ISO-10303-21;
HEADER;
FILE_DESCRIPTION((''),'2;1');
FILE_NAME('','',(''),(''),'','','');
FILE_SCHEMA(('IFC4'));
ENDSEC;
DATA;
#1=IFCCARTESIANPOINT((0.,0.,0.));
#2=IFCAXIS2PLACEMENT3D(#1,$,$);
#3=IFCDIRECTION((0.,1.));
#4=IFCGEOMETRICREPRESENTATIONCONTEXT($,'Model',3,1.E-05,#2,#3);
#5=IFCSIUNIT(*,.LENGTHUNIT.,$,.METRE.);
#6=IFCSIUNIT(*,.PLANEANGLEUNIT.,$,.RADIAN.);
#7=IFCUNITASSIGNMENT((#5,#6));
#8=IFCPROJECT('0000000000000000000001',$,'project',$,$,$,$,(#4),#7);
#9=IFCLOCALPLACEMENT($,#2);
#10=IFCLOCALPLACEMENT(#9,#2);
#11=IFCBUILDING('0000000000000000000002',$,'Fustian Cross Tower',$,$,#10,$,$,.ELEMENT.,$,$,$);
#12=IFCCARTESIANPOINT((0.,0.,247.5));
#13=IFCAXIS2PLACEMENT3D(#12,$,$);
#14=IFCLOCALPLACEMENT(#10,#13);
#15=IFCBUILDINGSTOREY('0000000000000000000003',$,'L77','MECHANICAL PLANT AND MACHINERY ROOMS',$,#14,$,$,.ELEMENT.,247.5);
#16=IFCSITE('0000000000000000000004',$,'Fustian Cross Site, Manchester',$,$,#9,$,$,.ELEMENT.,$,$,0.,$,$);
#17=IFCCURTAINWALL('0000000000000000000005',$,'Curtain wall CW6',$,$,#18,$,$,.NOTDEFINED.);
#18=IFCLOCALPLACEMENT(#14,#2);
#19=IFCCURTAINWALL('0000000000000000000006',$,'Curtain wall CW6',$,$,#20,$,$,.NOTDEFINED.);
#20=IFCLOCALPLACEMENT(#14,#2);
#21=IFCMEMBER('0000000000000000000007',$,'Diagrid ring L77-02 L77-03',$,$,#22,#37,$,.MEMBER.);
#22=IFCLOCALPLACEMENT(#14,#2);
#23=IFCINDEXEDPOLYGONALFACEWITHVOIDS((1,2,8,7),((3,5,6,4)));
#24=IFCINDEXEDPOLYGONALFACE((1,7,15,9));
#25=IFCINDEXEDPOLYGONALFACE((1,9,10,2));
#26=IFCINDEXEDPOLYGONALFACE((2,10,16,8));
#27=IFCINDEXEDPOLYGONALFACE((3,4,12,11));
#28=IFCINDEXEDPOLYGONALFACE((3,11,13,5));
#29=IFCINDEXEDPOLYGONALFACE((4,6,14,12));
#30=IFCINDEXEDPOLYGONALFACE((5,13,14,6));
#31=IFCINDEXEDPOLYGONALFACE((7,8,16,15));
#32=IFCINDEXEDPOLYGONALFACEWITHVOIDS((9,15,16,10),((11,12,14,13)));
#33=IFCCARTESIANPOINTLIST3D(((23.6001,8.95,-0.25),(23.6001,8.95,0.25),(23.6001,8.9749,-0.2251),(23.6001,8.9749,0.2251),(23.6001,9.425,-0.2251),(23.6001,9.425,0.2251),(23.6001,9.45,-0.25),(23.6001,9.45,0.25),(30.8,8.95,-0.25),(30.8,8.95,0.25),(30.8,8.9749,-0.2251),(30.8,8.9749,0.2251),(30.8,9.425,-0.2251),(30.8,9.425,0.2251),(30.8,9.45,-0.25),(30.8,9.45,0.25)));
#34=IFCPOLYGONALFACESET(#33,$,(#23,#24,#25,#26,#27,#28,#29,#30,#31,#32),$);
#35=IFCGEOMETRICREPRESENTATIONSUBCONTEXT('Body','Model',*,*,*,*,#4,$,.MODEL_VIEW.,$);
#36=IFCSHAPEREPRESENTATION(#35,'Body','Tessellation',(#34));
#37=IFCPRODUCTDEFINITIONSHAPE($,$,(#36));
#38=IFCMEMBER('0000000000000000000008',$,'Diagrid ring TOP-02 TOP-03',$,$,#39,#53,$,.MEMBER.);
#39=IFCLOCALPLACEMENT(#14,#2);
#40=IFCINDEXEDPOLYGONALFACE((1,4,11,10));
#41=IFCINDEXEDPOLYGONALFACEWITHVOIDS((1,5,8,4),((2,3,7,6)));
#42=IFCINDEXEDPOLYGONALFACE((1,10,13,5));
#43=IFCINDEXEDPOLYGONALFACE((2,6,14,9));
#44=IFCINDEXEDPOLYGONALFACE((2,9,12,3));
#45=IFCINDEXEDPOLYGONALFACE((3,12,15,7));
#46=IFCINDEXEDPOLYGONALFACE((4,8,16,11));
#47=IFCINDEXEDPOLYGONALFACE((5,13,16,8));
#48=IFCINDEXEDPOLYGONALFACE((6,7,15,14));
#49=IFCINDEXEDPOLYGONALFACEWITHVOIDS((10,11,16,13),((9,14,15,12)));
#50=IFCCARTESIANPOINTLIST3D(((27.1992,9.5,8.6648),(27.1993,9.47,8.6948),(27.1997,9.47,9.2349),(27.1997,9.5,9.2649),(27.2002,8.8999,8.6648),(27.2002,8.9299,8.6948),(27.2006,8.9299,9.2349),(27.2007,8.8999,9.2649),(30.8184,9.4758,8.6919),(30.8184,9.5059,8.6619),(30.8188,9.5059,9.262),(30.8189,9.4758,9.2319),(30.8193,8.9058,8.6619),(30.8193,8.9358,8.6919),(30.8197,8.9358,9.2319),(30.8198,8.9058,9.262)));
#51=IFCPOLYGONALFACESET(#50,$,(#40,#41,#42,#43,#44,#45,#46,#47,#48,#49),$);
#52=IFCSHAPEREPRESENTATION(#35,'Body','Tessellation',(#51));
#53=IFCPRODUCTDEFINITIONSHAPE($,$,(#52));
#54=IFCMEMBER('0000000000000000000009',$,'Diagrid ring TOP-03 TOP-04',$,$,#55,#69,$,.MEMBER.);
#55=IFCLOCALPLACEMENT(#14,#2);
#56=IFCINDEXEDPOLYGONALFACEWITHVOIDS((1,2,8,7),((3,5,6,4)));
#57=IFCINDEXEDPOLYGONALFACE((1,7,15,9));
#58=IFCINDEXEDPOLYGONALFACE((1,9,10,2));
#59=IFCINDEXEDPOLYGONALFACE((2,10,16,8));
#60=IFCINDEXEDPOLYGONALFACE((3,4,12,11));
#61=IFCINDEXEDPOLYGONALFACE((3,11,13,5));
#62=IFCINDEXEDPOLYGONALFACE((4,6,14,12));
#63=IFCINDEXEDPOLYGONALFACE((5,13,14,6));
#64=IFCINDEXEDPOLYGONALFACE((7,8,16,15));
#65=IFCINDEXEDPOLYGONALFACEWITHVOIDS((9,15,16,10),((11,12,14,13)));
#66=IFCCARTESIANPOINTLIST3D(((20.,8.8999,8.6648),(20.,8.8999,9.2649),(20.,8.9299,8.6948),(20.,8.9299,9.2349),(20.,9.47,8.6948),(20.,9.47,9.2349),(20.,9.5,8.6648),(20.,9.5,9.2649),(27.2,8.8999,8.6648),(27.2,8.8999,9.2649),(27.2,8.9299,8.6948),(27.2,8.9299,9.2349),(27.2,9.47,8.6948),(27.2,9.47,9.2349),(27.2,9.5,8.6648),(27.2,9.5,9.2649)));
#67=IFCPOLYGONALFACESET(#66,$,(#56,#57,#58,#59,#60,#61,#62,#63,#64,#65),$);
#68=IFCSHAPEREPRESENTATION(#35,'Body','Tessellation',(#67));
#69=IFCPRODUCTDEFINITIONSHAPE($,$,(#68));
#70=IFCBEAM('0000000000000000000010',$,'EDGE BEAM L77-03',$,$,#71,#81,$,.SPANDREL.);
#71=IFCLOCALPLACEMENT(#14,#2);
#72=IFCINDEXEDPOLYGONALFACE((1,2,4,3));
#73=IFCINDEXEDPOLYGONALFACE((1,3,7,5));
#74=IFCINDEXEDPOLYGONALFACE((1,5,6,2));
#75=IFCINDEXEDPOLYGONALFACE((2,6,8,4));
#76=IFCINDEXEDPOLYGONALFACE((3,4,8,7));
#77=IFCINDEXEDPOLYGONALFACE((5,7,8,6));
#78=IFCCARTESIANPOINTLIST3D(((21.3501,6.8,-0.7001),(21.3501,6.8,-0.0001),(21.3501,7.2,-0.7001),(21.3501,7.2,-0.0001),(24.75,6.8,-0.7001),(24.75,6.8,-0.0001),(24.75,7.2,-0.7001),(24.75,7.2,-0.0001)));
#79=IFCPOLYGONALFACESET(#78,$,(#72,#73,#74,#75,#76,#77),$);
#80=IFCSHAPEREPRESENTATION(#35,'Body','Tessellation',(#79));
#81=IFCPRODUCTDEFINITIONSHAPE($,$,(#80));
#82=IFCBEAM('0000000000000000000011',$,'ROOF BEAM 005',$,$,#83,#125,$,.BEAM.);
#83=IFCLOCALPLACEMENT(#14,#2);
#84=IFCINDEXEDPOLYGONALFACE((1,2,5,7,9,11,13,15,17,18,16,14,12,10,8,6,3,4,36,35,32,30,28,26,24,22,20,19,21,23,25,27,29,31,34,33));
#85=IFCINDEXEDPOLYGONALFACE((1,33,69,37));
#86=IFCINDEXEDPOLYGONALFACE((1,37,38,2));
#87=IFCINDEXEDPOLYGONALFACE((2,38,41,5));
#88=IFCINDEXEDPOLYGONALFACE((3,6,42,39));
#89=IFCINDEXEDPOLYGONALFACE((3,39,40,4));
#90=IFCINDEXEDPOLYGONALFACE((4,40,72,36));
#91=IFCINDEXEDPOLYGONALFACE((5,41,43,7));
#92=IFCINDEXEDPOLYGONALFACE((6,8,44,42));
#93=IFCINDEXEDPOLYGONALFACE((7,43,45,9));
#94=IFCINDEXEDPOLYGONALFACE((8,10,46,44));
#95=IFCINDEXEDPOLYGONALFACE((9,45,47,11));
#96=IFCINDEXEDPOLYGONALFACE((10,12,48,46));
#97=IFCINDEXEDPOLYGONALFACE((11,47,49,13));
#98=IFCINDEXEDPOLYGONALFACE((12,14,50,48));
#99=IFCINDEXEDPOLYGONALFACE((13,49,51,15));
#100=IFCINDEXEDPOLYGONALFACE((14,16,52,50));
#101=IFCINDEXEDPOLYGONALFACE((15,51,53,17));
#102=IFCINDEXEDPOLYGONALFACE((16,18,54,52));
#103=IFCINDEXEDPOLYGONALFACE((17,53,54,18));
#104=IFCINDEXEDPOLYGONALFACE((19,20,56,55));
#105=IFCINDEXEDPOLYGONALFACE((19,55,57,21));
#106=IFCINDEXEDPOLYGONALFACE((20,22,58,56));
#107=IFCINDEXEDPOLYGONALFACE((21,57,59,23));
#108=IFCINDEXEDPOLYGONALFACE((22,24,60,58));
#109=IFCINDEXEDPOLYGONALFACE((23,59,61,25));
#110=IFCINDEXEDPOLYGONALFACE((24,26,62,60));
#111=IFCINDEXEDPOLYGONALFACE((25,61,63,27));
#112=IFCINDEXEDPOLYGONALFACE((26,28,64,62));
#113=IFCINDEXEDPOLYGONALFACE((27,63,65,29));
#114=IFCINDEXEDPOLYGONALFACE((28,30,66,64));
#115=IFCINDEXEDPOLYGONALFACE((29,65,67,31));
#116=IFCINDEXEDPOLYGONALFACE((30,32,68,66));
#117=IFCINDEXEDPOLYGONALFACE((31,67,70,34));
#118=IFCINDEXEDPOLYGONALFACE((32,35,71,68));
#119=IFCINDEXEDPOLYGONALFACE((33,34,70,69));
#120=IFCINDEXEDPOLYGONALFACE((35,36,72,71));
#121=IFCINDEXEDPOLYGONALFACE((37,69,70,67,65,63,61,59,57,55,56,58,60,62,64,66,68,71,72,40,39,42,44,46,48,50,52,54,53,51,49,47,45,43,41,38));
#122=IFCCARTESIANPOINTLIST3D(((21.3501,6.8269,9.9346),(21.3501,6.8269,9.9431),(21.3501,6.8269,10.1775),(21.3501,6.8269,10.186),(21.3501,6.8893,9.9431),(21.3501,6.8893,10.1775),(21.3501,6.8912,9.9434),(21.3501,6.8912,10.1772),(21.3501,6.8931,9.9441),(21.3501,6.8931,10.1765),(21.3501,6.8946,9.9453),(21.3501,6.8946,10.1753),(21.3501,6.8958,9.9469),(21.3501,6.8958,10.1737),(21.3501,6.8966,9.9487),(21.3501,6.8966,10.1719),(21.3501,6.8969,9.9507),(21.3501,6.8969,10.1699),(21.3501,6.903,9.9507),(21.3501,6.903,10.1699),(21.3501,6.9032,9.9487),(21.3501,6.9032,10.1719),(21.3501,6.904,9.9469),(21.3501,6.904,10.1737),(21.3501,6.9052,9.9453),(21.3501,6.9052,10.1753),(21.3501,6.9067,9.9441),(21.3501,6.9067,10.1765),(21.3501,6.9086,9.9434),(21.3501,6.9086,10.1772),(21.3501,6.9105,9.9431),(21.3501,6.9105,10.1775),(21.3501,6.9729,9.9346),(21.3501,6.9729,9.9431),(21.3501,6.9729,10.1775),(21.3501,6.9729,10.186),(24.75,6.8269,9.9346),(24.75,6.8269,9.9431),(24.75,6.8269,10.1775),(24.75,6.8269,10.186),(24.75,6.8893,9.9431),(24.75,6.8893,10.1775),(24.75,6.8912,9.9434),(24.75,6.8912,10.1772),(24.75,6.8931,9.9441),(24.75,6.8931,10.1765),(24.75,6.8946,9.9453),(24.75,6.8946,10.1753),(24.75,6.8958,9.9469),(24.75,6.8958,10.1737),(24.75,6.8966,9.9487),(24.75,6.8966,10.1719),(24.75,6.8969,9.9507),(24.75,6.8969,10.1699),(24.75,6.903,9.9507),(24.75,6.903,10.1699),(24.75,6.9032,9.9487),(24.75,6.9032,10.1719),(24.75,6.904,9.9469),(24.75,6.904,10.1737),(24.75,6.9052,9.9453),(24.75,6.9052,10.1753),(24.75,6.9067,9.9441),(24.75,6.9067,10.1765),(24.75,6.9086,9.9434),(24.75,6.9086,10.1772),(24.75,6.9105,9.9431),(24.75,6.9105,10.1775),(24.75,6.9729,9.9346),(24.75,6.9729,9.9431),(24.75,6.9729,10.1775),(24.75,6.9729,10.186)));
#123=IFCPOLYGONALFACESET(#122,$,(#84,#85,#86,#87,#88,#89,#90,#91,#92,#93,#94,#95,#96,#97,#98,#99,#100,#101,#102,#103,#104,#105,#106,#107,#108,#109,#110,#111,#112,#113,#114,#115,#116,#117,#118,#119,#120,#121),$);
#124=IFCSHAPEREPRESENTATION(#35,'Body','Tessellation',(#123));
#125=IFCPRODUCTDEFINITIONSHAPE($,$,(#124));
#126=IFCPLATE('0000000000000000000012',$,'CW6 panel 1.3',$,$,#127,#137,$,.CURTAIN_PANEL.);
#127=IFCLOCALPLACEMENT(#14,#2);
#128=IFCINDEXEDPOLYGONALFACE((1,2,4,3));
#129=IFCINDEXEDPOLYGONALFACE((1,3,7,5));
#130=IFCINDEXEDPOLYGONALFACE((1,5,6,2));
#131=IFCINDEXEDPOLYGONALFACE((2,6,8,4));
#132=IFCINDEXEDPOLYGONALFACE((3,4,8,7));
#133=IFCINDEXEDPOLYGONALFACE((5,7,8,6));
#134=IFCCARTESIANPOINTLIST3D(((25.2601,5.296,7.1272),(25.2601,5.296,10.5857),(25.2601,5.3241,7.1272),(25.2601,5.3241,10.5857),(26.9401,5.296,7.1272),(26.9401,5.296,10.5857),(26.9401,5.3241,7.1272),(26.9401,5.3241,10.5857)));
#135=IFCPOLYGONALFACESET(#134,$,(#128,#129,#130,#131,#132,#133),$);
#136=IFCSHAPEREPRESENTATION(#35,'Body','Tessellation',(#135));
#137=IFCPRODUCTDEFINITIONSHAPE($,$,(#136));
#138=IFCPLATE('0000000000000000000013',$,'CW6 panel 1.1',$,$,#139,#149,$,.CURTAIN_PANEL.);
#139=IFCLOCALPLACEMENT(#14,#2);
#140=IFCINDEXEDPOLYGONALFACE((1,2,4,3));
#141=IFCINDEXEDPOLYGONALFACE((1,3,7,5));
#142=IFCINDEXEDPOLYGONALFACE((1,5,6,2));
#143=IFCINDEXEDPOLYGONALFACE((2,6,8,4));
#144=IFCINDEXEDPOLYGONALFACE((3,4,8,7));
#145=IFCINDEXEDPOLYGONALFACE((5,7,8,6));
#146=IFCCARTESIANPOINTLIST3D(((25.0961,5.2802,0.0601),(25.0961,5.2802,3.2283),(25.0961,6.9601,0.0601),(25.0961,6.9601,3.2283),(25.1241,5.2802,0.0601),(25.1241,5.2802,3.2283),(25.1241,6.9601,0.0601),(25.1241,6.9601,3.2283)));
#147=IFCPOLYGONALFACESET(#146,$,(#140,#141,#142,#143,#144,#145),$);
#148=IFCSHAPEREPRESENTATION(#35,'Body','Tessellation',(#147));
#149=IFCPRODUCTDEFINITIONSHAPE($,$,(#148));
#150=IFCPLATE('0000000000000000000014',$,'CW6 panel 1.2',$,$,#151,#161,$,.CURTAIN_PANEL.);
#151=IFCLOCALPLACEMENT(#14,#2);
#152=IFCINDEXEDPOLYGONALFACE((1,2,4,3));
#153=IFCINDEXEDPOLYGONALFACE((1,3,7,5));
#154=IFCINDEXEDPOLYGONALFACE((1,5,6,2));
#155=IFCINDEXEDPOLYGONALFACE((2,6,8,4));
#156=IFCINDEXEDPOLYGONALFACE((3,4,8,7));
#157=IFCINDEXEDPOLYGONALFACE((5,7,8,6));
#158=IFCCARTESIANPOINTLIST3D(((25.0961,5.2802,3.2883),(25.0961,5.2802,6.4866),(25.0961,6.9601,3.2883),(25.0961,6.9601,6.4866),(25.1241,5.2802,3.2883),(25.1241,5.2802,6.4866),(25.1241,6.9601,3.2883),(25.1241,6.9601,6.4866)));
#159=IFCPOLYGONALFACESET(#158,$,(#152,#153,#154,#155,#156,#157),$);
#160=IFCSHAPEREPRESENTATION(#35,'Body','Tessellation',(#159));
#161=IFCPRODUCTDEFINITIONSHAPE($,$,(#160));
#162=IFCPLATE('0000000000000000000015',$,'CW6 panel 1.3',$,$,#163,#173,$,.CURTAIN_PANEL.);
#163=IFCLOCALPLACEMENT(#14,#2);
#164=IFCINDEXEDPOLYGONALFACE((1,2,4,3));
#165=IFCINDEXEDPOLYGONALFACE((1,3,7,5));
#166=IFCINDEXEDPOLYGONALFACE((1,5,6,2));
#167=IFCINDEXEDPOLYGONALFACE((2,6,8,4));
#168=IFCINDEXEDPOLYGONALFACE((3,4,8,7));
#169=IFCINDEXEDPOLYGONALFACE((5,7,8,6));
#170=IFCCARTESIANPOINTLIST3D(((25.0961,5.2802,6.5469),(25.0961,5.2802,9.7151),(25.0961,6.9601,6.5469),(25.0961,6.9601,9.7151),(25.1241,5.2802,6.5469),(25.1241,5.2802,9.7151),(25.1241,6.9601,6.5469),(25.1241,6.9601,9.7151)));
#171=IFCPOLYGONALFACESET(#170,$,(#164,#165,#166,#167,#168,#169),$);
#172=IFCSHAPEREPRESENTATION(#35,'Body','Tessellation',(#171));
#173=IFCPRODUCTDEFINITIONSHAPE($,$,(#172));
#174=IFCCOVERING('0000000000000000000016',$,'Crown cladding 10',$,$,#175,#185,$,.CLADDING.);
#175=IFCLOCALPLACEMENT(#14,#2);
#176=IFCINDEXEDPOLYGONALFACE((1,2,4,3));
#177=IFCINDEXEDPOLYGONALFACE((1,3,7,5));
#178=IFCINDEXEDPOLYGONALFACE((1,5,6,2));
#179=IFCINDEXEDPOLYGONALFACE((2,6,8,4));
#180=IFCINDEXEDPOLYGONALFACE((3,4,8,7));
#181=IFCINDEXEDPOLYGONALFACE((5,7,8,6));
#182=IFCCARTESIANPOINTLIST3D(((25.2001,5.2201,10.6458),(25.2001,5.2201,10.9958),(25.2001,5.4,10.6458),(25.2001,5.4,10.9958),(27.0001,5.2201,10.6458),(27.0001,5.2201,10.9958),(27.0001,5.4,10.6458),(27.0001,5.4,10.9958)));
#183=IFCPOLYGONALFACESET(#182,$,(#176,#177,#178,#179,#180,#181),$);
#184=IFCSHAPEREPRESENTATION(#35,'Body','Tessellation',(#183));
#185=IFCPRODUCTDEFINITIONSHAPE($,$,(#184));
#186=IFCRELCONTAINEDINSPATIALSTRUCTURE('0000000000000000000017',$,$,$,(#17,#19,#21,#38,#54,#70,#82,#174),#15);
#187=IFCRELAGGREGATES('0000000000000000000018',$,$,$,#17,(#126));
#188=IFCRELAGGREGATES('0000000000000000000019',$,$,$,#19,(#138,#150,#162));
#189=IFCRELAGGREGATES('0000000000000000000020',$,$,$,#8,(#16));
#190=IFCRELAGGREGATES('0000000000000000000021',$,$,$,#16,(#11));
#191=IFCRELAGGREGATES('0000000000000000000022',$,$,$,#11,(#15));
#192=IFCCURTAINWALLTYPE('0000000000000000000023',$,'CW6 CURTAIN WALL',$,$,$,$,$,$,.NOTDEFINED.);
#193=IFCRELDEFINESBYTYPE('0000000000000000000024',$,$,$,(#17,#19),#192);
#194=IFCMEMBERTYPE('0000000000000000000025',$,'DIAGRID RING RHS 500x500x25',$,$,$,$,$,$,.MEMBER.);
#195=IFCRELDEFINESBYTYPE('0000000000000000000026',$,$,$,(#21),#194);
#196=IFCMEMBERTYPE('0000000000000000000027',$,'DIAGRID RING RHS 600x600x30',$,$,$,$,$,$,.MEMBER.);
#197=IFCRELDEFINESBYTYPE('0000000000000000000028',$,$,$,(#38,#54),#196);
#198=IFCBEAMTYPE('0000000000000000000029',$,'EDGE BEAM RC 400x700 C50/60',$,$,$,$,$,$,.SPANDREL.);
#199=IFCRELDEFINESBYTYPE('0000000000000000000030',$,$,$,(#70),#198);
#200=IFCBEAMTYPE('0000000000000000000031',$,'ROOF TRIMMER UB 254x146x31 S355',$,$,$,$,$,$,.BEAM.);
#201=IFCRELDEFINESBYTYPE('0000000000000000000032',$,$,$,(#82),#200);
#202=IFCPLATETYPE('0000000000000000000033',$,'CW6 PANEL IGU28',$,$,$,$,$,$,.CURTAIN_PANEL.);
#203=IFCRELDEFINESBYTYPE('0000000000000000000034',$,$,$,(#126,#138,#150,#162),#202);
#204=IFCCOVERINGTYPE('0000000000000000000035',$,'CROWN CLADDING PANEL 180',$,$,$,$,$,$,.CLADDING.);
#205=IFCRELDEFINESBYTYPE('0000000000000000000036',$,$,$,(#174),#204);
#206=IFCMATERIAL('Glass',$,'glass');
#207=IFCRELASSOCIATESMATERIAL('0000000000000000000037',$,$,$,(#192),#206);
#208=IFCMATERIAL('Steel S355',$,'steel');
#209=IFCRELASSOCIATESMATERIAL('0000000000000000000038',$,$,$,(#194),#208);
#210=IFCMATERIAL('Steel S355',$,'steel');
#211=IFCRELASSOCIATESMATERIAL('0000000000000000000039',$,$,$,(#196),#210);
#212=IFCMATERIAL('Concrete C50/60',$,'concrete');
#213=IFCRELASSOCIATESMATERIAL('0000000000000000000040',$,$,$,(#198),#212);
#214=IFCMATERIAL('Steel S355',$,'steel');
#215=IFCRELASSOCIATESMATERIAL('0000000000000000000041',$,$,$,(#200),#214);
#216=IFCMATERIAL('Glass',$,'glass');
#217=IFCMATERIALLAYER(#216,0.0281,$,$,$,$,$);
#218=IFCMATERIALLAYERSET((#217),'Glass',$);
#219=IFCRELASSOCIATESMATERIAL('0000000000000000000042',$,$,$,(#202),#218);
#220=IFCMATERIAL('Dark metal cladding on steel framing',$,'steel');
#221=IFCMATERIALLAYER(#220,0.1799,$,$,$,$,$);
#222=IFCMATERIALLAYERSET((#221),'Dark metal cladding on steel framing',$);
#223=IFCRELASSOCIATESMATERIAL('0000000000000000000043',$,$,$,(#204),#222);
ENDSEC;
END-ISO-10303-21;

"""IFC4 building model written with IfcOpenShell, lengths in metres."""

from ifc_helpers import new_model, si_unit, direction, frame, frame_2d, origin, origin_2d, place, context, subcontext, project, spatial, rectangle, hollow_rectangle, i_section, extrude, material, layer, layer_set, material_profile, profile_set, type_object, element, aggregate, save


model = new_model("IFC4")

# Units and contexts
model_context = context("Model", 3, precision=1e-05, world=origin(), true_north=direction((0.0, 1.0)))
body_context = subcontext(model_context, "Body", "Model", "MODEL_VIEW")
ifc_project = project(units=[si_unit("LENGTHUNIT", "METRE"), si_unit("PLANEANGLEUNIT", "RADIAN")], contexts=[model_context])

# Site, building, storey
site_placement = place(None, origin())
site = spatial("IfcSite", under=ifc_project, at=site_placement, Name="Fustian Cross Site, Manchester", CompositionType="ELEMENT", RefElevation=0.0)
building_placement = place(site_placement, origin())
building = spatial("IfcBuilding", under=site, at=building_placement, Name="Fustian Cross Tower", CompositionType="ELEMENT")
storey_placement = place(building_placement, frame((0.0, 0.0, 247.5)))
storey = spatial("IfcBuildingStorey", under=building, at=storey_placement, Name="L77", Description="MECHANICAL PLANT AND MACHINERY ROOMS", CompositionType="ELEMENT", Elevation=247.5)

# Curtain walls
ifc_material_1 = material(Name="Glass", Category="glass")
curtain_wall_type = type_object("IfcCurtainWallType", Name="CW6 CURTAIN WALL", PredefinedType="NOTDEFINED", material=ifc_material_1)
curtain_wall_1_placement = place(storey_placement, origin())
curtain_wall_1 = element("IfcCurtainWall", 1, at=curtain_wall_1_placement, inside=storey, type_object=curtain_wall_type, Name="Curtain wall CW6", PredefinedType="NOTDEFINED")
curtain_wall_2_placement = place(storey_placement, origin())
curtain_wall_2 = element("IfcCurtainWall", 2, at=curtain_wall_2_placement, inside=storey, type_object=curtain_wall_type, Name="Curtain wall CW6", PredefinedType="NOTDEFINED")

# Members
ifc_material_2 = material(Name="Steel S355", Category="steel")
ifc_material_profile_1 = material_profile(ifc_material_2, hollow_rectangle(XDim=0.5, YDim=0.5, WallThickness=0.0249, at=origin_2d()), Name="RHS 500x500x25")
ifc_profile_set_1 = profile_set([ifc_material_profile_1], Name="Steel S355")
member_type_1 = type_object("IfcMemberType", Name="DIAGRID RING RHS 500x500x25", PredefinedType="MEMBER", material=ifc_profile_set_1)
member_1_placement = place(storey_placement, frame((30.8, 9.2, 0.0), z_axis=(-1.0, 0.0, 0.0), x_axis=(0.0, -1.0, 0.0)))
element("IfcMember", 3, at=member_1_placement, inside=storey, type_object=member_type_1, Name="Diagrid ring L77-02 L77-03", PredefinedType="MEMBER", context=body_context, shape_type="SweptSolid", body=[
    extrude(hollow_rectangle(XDim=0.5, YDim=0.5, WallThickness=0.0249, at=origin_2d()), origin(), (0.0, 0.0, 1.0), 7.2),
])
ifc_material_3 = material(Name="Steel S355", Category="steel")
ifc_material_profile_2 = material_profile(ifc_material_3, hollow_rectangle(XDim=0.6001, YDim=0.6001, WallThickness=0.03, at=origin_2d()), Name="RHS 600x600x30")
ifc_profile_set_2 = profile_set([ifc_material_profile_2], Name="Steel S355")
member_type_2 = type_object("IfcMemberType", Name="DIAGRID RING RHS 600x600x30", PredefinedType="MEMBER", material=ifc_profile_set_2)
member_2_placement = place(storey_placement, frame((30.8191, 9.2058, 8.9619), z_axis=(-0.999998, -0.001619, 0.000809), x_axis=(0.001619, -0.999999, 0.0)))
element("IfcMember", 4, at=member_2_placement, inside=storey, type_object=member_type_2, Name="Diagrid ring TOP-02 TOP-03", PredefinedType="MEMBER", context=body_context, shape_type="SweptSolid", body=[
    extrude(hollow_rectangle(XDim=0.6001, YDim=0.6001, WallThickness=0.03, at=origin_2d()), origin(), (0.0, 0.0, 1.0), 3.6191),
])
member_3_placement = place(storey_placement, frame((27.2, 9.2, 8.9648), z_axis=(-1.0, 0.0, 0.0), x_axis=(0.0, -1.0, 0.0)))
element("IfcMember", 5, at=member_3_placement, inside=storey, type_object=member_type_2, Name="Diagrid ring TOP-03 TOP-04", PredefinedType="MEMBER", context=body_context, shape_type="SweptSolid", body=[
    extrude(hollow_rectangle(XDim=0.6001, YDim=0.6001, WallThickness=0.03, at=origin_2d()), origin(), (0.0, 0.0, 1.0), 7.2),
])

# Beams
ifc_material_4 = material(Name="Concrete C50/60", Category="concrete")
ifc_material_profile_3 = material_profile(ifc_material_4, rectangle(XDim=0.3999, YDim=0.7, at=origin_2d()), Name="RC 400x700")
ifc_profile_set_3 = profile_set([ifc_material_profile_3], Name="Concrete C50/60")
beam_type_1 = type_object("IfcBeamType", Name="EDGE BEAM RC 400x700 C50/60", PredefinedType="SPANDREL", material=ifc_profile_set_3)
beam_1_placement = place(storey_placement, frame((24.75, 7.0, -0.3501), z_axis=(-1.0, 0.0, 0.0), x_axis=(0.0, -1.0, 0.0)))
element("IfcBeam", 6, at=beam_1_placement, inside=storey, type_object=beam_type_1, Name="EDGE BEAM L77-03", PredefinedType="SPANDREL", context=body_context, shape_type="SweptSolid", body=[
    extrude(rectangle(XDim=0.3999, YDim=0.7, at=origin_2d()), origin(), (0.0, 0.0, 1.0), 3.3999),
])
ifc_material_5 = material(Name="Steel S355", Category="steel")
ifc_material_profile_4 = material_profile(ifc_material_5, i_section(OverallWidth=0.146, OverallDepth=0.2515, WebThickness=0.0061, FlangeThickness=0.0085, FilletRadius=0.0076, at=origin_2d()), Name="UB 254x146x31")
ifc_profile_set_4 = profile_set([ifc_material_profile_4], Name="Steel S355")
beam_type_2 = type_object("IfcBeamType", Name="ROOF TRIMMER UB 254x146x31 S355", PredefinedType="BEAM", material=ifc_profile_set_4)
beam_2_placement = place(storey_placement, frame((24.75, 6.8999, 10.0603), z_axis=(-1.0, 0.0, 0.0), x_axis=(0.0, -1.0, 0.0)))
element("IfcBeam", 7, at=beam_2_placement, inside=storey, type_object=beam_type_2, Name="ROOF BEAM 005", PredefinedType="BEAM", context=body_context, shape_type="SweptSolid", body=[
    extrude(i_section(OverallWidth=0.146, OverallDepth=0.2515, WebThickness=0.0061, FlangeThickness=0.0085, FilletRadius=0.0076, at=origin_2d()), origin(), (0.0, 0.0, 1.0), 3.3999),
])

# Plates
ifc_material_6 = material(Name="Glass", Category="glass")
ifc_layer_1 = layer(ifc_material_6, 0.0281)
ifc_layer_set_1 = layer_set([ifc_layer_1], Name="Glass")
plate_type = type_object("IfcPlateType", Name="CW6 PANEL IGU28", PredefinedType="CURTAIN_PANEL", material=ifc_layer_set_1)
plate_1_placement = place(storey_placement, frame((26.1001, 5.3101, 7.1272), z_axis=(0.0, 0.0, 1.0), x_axis=(-1.0, 0.0, 0.0)))
plate_1 = element("IfcPlate", 8, at=plate_1_placement, type_object=plate_type, Name="CW6 panel 1.3", PredefinedType="CURTAIN_PANEL", context=body_context, shape_type="SweptSolid", body=[
    extrude(rectangle(XDim=1.6799, YDim=0.0281, at=origin_2d()), origin(), (0.0, 0.0, 1.0), 3.4585),
])
aggregate(curtain_wall_1, [plate_1])
plate_2_placement = place(storey_placement, frame((25.1101, 6.1201, 0.0601), z_axis=(0.0, 0.0, 1.0), x_axis=(0.0, 1.0, 0.0)))
plate_2 = element("IfcPlate", 9, at=plate_2_placement, type_object=plate_type, Name="CW6 panel 1.1", PredefinedType="CURTAIN_PANEL", context=body_context, shape_type="SweptSolid", body=[
    extrude(rectangle(XDim=1.6799, YDim=0.0281, at=origin_2d()), origin(), (0.0, 0.0, 1.0), 3.1682),
])
plate_3_placement = place(storey_placement, frame((25.1101, 6.1201, 3.2883), z_axis=(0.0, 0.0, 1.0), x_axis=(0.0, 1.0, 0.0)))
plate_3 = element("IfcPlate", 10, at=plate_3_placement, type_object=plate_type, Name="CW6 panel 1.2", PredefinedType="CURTAIN_PANEL", context=body_context, shape_type="SweptSolid", body=[
    extrude(rectangle(XDim=1.6799, YDim=0.0281, at=origin_2d()), origin(), (0.0, 0.0, 1.0), 3.1982),
])
plate_4_placement = place(storey_placement, frame((25.1101, 6.1201, 6.5469), z_axis=(0.0, 0.0, 1.0), x_axis=(0.0, 1.0, 0.0)))
plate_4 = element("IfcPlate", 11, at=plate_4_placement, type_object=plate_type, Name="CW6 panel 1.3", PredefinedType="CURTAIN_PANEL", context=body_context, shape_type="SweptSolid", body=[
    extrude(rectangle(XDim=1.6799, YDim=0.0281, at=origin_2d()), origin(), (0.0, 0.0, 1.0), 3.1682),
])
aggregate(curtain_wall_2, [plate_2, plate_3, plate_4])

# Covering
ifc_material_7 = material(Name="Dark metal cladding on steel framing", Category="steel")
ifc_layer_2 = layer(ifc_material_7, 0.1799)
ifc_layer_set_2 = layer_set([ifc_layer_2], Name="Dark metal cladding on steel framing")
covering_type = type_object("IfcCoveringType", Name="CROWN CLADDING PANEL 180", PredefinedType="CLADDING", material=ifc_layer_set_2)
covering_1_placement = place(storey_placement, frame((27.0, 5.3101, 10.6458), z_axis=(0.0, 0.0, 1.0), x_axis=(-1.0, 0.0, 0.0)))
element("IfcCovering", 12, at=covering_1_placement, inside=storey, type_object=covering_type, Name="Crown cladding 10", PredefinedType="CLADDING", context=body_context, shape_type="SweptSolid", body=[
    extrude(rectangle(XDim=1.8, YDim=0.1799, at=frame_2d((0.8999, 0.0))), origin(), (0.0, 0.0, 1.0), 0.3501),
])

save(model, "model.ifc")
